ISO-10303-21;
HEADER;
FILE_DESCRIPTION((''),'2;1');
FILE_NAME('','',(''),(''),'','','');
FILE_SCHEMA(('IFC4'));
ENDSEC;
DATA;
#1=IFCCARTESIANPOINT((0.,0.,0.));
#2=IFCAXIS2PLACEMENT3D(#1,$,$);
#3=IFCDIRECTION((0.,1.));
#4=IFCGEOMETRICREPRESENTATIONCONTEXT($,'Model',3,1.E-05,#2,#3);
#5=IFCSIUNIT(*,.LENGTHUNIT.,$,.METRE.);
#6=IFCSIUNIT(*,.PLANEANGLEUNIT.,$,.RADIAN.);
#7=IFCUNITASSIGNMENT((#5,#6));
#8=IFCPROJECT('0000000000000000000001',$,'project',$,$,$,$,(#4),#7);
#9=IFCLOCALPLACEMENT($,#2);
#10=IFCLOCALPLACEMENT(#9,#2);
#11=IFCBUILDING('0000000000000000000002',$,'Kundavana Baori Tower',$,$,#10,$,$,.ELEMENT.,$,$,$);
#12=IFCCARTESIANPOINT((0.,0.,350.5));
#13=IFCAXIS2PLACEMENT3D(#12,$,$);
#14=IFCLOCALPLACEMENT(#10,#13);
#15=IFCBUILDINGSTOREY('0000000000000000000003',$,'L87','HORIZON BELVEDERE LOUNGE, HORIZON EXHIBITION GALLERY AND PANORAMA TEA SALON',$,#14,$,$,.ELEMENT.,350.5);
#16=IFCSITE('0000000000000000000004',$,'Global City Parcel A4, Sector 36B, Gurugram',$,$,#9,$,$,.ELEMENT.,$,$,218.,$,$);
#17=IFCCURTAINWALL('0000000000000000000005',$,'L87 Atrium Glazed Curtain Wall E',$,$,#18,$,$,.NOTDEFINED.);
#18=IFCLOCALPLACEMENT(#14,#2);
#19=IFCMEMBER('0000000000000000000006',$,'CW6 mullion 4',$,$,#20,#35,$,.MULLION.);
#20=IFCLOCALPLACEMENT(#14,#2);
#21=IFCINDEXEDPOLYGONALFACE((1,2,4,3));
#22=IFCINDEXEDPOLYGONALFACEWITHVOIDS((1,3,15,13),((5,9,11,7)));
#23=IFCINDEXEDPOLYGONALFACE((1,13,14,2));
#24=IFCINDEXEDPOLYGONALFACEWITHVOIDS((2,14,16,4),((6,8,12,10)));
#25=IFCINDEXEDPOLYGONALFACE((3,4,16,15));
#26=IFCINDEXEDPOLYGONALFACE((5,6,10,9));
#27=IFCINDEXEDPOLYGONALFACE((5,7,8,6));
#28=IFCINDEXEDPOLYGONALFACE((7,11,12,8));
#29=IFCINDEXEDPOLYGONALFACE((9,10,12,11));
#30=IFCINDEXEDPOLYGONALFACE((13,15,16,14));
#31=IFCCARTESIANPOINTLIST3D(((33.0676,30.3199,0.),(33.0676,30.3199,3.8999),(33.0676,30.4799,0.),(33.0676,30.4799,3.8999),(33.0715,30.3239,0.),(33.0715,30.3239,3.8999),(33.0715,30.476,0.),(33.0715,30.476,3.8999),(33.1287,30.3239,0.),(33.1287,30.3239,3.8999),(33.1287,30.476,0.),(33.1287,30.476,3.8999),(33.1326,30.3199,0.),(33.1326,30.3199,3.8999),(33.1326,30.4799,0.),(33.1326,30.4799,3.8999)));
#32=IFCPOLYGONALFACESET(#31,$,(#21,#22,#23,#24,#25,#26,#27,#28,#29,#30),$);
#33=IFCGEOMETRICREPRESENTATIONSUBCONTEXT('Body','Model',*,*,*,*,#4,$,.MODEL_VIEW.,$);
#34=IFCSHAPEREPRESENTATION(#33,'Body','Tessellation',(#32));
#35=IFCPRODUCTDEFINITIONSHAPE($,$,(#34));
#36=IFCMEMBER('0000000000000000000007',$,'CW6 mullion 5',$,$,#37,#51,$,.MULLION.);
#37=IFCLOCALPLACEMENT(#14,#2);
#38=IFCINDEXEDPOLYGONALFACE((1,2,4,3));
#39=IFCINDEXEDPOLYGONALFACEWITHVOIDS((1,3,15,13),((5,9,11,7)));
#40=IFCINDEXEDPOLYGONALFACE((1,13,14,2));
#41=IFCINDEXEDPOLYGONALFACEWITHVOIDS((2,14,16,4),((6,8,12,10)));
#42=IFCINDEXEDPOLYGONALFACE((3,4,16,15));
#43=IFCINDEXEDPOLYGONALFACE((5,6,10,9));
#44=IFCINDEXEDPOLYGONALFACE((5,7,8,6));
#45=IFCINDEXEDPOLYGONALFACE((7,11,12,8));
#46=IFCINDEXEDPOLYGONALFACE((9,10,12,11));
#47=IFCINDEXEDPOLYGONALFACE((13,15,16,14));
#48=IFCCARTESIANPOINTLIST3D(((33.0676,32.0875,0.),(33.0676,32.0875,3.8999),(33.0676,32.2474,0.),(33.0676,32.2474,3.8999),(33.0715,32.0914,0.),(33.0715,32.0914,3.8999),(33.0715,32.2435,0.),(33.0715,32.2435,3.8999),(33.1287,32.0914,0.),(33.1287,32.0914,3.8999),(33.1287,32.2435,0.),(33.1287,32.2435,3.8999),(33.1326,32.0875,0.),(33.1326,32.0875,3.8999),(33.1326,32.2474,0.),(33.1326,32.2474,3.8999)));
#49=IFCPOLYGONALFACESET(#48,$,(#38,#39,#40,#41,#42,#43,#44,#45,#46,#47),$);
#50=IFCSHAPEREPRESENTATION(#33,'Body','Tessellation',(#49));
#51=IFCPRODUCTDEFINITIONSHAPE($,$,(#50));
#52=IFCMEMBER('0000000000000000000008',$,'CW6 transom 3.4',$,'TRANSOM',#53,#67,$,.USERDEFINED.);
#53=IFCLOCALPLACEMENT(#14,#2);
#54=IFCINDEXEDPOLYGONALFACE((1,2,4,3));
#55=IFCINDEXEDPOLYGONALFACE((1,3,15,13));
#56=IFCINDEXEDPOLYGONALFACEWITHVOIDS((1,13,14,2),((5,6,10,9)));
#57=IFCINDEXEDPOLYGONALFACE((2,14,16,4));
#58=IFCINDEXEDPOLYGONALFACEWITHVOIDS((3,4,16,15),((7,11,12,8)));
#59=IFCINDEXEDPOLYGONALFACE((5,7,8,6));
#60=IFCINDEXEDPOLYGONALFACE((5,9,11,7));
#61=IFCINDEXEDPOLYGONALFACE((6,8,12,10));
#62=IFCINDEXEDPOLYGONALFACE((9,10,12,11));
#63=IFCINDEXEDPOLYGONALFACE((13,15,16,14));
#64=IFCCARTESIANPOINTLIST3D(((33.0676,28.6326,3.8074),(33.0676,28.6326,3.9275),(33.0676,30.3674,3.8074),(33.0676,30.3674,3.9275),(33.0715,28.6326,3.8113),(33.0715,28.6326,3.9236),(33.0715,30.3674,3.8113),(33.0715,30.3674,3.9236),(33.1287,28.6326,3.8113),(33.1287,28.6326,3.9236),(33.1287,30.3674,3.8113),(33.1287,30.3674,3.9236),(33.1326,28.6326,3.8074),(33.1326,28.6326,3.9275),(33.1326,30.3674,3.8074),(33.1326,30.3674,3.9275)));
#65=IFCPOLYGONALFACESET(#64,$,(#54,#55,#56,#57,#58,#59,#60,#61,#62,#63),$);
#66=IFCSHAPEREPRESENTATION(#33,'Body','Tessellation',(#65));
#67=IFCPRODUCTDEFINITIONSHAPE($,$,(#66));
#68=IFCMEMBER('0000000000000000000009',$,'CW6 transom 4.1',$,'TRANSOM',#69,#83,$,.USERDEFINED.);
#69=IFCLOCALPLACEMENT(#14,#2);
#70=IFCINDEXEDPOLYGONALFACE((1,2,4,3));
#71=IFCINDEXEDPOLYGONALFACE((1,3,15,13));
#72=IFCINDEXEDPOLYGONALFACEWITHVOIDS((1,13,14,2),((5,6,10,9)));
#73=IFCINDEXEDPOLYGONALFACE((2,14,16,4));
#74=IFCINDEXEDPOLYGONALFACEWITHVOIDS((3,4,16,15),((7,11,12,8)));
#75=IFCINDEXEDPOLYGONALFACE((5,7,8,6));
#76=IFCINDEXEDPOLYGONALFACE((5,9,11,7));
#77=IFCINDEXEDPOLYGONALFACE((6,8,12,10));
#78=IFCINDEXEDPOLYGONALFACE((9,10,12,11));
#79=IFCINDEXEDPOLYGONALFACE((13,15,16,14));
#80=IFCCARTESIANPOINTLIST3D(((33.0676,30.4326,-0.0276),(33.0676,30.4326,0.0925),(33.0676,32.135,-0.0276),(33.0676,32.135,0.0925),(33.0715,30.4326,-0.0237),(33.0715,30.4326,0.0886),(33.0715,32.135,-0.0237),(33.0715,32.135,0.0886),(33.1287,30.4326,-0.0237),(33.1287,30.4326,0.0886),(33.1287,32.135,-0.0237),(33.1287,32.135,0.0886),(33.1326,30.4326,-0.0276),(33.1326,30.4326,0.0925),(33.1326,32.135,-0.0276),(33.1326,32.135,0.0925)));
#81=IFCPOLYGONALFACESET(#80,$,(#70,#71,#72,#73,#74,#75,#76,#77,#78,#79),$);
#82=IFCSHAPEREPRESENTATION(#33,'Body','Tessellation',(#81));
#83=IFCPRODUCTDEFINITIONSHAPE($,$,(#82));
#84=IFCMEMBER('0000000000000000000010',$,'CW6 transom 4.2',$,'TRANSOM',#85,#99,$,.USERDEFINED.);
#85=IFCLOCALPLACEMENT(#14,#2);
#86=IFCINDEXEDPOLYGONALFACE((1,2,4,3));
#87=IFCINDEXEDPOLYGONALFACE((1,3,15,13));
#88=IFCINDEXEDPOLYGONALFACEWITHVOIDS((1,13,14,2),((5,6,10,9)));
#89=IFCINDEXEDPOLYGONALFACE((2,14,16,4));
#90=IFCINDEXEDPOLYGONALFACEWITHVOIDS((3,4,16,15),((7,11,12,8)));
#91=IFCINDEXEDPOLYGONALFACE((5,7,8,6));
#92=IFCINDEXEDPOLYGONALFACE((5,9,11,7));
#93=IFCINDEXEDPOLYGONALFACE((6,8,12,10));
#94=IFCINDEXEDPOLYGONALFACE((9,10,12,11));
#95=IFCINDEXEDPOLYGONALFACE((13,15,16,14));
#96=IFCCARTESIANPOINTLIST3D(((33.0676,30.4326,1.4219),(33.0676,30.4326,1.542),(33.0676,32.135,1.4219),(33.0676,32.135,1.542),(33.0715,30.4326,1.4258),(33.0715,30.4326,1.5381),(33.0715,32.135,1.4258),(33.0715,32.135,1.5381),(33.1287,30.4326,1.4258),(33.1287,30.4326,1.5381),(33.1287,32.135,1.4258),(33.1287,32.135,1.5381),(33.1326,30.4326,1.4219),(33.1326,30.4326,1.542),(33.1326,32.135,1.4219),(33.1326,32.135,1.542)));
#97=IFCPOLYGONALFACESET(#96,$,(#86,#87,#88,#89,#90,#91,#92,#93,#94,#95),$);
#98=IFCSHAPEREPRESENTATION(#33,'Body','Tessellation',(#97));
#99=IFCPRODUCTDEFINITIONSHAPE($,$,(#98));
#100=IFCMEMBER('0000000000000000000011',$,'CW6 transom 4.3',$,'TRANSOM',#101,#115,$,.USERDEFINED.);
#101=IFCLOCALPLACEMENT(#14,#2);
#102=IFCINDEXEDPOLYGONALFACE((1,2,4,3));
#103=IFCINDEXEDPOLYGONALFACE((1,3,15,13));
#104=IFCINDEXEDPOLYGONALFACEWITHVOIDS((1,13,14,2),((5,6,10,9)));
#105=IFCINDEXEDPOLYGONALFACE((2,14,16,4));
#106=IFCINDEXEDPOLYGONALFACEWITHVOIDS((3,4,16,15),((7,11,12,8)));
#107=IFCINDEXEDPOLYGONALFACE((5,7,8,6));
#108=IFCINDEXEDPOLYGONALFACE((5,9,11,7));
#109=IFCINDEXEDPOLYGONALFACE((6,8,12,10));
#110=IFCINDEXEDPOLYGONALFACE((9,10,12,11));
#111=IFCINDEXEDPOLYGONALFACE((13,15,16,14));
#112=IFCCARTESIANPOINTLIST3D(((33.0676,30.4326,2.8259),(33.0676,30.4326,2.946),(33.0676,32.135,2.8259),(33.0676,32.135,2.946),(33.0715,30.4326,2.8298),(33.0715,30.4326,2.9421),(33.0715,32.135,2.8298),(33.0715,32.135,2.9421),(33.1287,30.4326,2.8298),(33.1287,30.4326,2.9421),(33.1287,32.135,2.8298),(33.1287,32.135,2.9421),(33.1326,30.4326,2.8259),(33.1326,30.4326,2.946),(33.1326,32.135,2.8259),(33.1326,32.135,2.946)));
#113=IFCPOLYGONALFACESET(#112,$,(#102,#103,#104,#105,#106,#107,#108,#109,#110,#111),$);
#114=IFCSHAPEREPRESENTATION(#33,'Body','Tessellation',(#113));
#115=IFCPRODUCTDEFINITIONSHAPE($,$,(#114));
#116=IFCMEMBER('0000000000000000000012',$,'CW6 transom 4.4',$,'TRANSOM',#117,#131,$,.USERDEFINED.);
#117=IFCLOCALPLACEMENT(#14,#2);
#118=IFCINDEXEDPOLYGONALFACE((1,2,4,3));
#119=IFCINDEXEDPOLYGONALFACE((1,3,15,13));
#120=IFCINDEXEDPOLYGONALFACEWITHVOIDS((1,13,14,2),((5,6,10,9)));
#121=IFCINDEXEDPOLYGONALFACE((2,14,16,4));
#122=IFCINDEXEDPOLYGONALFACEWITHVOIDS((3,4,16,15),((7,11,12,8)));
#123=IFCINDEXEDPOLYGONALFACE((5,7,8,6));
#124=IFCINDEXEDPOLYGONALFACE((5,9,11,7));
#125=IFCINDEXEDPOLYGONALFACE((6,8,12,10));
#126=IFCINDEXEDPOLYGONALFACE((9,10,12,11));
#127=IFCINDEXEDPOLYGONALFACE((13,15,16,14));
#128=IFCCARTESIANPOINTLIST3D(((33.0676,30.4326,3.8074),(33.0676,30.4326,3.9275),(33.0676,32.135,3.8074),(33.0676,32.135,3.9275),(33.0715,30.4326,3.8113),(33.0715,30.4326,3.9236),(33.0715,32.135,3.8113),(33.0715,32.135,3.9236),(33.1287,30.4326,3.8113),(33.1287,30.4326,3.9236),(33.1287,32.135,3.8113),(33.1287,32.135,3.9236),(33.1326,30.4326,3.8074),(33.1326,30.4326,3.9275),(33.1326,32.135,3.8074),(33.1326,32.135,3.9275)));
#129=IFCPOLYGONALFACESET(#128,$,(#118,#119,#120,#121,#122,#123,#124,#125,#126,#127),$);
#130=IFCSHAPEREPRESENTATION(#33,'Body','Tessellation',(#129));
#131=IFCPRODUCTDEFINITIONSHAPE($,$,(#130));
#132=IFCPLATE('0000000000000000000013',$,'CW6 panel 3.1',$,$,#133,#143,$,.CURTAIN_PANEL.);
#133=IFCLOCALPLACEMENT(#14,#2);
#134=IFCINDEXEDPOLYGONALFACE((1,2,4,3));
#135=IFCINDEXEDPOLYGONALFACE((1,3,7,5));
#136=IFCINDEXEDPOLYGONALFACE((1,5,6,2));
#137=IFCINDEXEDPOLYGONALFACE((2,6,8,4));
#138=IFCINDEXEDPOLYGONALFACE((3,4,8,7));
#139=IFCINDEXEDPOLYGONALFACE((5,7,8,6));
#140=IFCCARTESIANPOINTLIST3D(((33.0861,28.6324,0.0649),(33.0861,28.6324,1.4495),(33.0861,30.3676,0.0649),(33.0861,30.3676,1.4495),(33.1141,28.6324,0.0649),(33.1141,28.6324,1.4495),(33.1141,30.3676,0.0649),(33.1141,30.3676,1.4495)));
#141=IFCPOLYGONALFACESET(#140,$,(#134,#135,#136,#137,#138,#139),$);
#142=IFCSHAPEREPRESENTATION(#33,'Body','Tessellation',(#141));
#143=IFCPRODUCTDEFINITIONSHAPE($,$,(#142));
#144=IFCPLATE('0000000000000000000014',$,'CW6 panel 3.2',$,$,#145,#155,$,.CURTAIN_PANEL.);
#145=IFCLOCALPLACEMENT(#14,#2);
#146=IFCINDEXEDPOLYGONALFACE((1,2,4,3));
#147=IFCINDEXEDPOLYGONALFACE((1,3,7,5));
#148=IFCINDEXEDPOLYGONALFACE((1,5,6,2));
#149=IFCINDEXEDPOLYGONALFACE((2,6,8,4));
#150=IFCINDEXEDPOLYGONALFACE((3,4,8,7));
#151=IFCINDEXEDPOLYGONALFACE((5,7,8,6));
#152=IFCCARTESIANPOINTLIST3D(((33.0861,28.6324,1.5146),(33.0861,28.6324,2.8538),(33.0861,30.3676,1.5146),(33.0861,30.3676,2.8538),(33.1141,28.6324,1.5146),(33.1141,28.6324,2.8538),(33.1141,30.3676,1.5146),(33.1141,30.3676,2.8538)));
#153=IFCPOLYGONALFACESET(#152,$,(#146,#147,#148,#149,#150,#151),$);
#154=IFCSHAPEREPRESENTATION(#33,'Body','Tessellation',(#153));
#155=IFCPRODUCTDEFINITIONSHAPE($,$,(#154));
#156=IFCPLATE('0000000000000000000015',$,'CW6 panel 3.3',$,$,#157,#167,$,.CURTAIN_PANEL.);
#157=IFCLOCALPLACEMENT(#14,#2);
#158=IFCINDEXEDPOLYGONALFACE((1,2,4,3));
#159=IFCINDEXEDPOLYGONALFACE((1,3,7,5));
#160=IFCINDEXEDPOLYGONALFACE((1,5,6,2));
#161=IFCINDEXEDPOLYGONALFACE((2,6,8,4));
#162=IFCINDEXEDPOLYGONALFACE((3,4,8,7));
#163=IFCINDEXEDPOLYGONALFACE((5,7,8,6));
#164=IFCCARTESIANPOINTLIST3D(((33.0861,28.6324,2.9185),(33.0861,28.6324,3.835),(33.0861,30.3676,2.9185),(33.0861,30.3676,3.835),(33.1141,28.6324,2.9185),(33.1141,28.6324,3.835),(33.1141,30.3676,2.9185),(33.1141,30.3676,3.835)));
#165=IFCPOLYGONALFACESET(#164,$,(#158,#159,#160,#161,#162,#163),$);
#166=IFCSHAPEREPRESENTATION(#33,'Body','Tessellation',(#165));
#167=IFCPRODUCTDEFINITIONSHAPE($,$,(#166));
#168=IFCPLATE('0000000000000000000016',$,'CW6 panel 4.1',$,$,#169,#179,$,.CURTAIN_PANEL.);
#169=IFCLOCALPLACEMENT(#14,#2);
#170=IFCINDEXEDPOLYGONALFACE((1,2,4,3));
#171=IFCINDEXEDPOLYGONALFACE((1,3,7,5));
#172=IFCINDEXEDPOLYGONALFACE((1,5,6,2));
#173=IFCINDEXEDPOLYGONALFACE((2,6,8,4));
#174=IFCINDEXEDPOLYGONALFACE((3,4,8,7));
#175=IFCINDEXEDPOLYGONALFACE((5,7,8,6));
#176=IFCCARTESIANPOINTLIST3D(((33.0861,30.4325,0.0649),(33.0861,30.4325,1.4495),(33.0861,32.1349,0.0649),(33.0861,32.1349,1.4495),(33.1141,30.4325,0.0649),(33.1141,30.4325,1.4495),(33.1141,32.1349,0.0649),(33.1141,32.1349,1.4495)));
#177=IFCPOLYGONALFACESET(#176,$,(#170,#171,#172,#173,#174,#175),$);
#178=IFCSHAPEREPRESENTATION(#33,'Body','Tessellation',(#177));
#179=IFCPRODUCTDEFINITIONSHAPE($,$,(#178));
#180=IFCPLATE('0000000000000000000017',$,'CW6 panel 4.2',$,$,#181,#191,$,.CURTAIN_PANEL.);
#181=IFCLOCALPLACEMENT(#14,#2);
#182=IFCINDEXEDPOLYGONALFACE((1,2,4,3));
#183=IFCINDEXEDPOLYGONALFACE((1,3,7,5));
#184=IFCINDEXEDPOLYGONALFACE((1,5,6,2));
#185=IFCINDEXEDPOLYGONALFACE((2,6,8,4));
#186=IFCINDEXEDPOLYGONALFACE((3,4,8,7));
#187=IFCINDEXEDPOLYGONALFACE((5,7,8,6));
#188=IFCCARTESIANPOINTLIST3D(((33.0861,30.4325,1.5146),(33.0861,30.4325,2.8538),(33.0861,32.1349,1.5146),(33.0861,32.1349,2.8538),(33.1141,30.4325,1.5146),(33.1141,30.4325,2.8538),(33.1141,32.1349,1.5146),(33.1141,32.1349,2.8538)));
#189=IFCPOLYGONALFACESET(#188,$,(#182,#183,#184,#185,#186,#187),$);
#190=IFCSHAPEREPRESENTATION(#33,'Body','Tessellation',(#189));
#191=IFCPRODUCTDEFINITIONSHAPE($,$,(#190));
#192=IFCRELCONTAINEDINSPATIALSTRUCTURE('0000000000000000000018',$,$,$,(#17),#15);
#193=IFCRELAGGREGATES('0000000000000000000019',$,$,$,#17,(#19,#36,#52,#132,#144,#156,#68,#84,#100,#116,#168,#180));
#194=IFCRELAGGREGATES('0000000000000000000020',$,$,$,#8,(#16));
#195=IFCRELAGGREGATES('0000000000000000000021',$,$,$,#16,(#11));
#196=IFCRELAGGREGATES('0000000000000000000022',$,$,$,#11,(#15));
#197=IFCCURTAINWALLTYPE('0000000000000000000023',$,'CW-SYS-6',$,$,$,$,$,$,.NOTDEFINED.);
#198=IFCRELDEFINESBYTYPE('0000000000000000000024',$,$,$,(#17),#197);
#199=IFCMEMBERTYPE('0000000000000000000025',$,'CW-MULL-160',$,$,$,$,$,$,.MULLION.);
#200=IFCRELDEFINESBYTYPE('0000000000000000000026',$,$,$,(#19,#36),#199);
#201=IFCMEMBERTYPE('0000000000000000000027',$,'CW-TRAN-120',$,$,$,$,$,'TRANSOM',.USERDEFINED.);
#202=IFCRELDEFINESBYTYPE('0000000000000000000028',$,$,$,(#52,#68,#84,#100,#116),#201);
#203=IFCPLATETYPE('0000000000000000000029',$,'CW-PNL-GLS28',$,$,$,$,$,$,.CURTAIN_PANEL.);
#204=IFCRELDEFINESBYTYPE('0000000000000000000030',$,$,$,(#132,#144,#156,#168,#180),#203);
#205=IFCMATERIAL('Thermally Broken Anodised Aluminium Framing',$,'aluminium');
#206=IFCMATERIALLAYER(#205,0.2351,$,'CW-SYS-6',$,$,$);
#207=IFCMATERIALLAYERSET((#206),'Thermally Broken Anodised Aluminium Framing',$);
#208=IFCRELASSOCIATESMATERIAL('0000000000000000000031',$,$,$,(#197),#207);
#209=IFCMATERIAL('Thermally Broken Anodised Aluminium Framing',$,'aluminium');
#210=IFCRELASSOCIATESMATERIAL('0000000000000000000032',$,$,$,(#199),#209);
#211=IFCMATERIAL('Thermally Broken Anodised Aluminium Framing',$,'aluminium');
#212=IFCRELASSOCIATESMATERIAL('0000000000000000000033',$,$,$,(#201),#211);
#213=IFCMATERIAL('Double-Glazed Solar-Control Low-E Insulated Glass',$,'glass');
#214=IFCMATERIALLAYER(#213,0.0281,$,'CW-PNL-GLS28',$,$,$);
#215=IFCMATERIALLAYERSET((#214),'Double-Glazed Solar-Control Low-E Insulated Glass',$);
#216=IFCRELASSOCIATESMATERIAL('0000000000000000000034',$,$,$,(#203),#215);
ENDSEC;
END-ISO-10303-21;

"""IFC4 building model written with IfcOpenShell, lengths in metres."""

from ifc_helpers import new_model, si_unit, direction, frame, origin, origin_2d, place, context, subcontext, project, spatial, rectangle, hollow_rectangle, extrude, material, layer, layer_set, material_profile, profile_set, type_object, element, aggregate, save


model = new_model("IFC4")

# Units and contexts
model_context = context("Model", 3, precision=1e-05, world=origin(), true_north=direction((0.0, 1.0)))
body_context = subcontext(model_context, "Body", "Model", "MODEL_VIEW")
ifc_project = project(units=[si_unit("LENGTHUNIT", "METRE"), si_unit("PLANEANGLEUNIT", "RADIAN")], contexts=[model_context])

# Site, building, storey
site_placement = place(None, origin())
site = spatial("IfcSite", under=ifc_project, at=site_placement, Name="Global City Parcel A4, Sector 36B, Gurugram", CompositionType="ELEMENT", RefElevation=218.0)
building_placement = place(site_placement, origin())
building = spatial("IfcBuilding", under=site, at=building_placement, Name="Kundavana Baori Tower", CompositionType="ELEMENT")
storey_placement = place(building_placement, frame((0.0, 0.0, 350.5)))
storey = spatial("IfcBuildingStorey", under=building, at=storey_placement, Name="L87", Description="HORIZON BELVEDERE LOUNGE, HORIZON EXHIBITION GALLERY AND PANORAMA TEA SALON", CompositionType="ELEMENT", Elevation=350.5)

# Curtain wall, members, plates
ifc_material_1 = material(Name="Thermally Broken Anodised Aluminium Framing", Category="aluminium")
ifc_layer_1 = layer(ifc_material_1, 0.2351, Name="CW-SYS-6")
ifc_layer_set_1 = layer_set([ifc_layer_1], Name="Thermally Broken Anodised Aluminium Framing")
curtain_wall_type = type_object("IfcCurtainWallType", Name="CW-SYS-6", PredefinedType="NOTDEFINED", material=ifc_layer_set_1)
curtain_wall_placement = place(storey_placement, origin())
curtain_wall = element("IfcCurtainWall", 1, at=curtain_wall_placement, inside=storey, type_object=curtain_wall_type, Name="L87 Atrium Glazed Curtain Wall E", PredefinedType="NOTDEFINED")
ifc_material_2 = material(Name="Thermally Broken Anodised Aluminium Framing", Category="aluminium")
ifc_material_profile_1 = material_profile(ifc_material_2, hollow_rectangle(XDim=0.0649, YDim=0.1599, WallThickness=0.0039, at=origin_2d()), Name="CW-MULL-160")
ifc_profile_set_1 = profile_set([ifc_material_profile_1], Name="Thermally Broken Anodised Aluminium Framing")
member_type_1 = type_object("IfcMemberType", Name="CW-MULL-160", PredefinedType="MULLION", material=ifc_profile_set_1)
member_1_placement = place(storey_placement, frame((33.1001, 30.3999, 0.0), z_axis=(0.0, 0.0, 1.0), x_axis=(-1.0, 0.0, 0.0)))
member_1 = element("IfcMember", 2, at=member_1_placement, type_object=member_type_1, Name="CW6 mullion 4", PredefinedType="MULLION", context=body_context, shape_type="SweptSolid", body=[
    extrude(hollow_rectangle(XDim=0.0649, YDim=0.1599, WallThickness=0.0039, at=origin_2d()), origin(), (0.0, 0.0, 1.0), 3.8999),
])
member_2_placement = place(storey_placement, frame((33.1001, 32.1675, 0.0), z_axis=(0.0, 0.0, 1.0), x_axis=(-1.0, 0.0, 0.0)))
member_2 = element("IfcMember", 3, at=member_2_placement, type_object=member_type_1, Name="CW6 mullion 5", PredefinedType="MULLION", context=body_context, shape_type="SweptSolid", body=[
    extrude(hollow_rectangle(XDim=0.0649, YDim=0.1599, WallThickness=0.0039, at=origin_2d()), origin(), (0.0, 0.0, 1.0), 3.8999),
])
ifc_material_3 = material(Name="Thermally Broken Anodised Aluminium Framing", Category="aluminium")
ifc_material_profile_2 = material_profile(ifc_material_3, hollow_rectangle(XDim=0.0649, YDim=0.1201, WallThickness=0.0039, at=origin_2d()), Name="CW-TRAN-120")
ifc_profile_set_2 = profile_set([ifc_material_profile_2], Name="Thermally Broken Anodised Aluminium Framing")
member_type_2 = type_object("IfcMemberType", Name="CW-TRAN-120", ElementType="TRANSOM", PredefinedType="USERDEFINED", material=ifc_profile_set_2)
member_3_placement = place(storey_placement, frame((33.1001, 28.6326, 3.8674), z_axis=(0.0, 1.0, 0.0), x_axis=(-1.0, 0.0, 0.0)))
member_3 = element("IfcMember", 4, at=member_3_placement, type_object=member_type_2, Name="CW6 transom 3.4", ObjectType="TRANSOM", PredefinedType="USERDEFINED", context=body_context, shape_type="SweptSolid", body=[
    extrude(hollow_rectangle(XDim=0.0649, YDim=0.1201, WallThickness=0.0039, at=origin_2d()), origin(), (0.0, 0.0, 1.0), 1.7349),
])
member_4_placement = place(storey_placement, frame((33.1001, 30.4326, 0.0325), z_axis=(0.0, 1.0, 0.0), x_axis=(-1.0, 0.0, 0.0)))
member_4 = element("IfcMember", 5, at=member_4_placement, type_object=member_type_2, Name="CW6 transom 4.1", ObjectType="TRANSOM", PredefinedType="USERDEFINED", context=body_context, shape_type="SweptSolid", body=[
    extrude(hollow_rectangle(XDim=0.0649, YDim=0.1201, WallThickness=0.0039, at=origin_2d()), origin(), (0.0, 0.0, 1.0), 1.7024),
])
member_5_placement = place(storey_placement, frame((33.1001, 30.4326, 1.4819), z_axis=(0.0, 1.0, 0.0), x_axis=(-1.0, 0.0, 0.0)))
member_5 = element("IfcMember", 6, at=member_5_placement, type_object=member_type_2, Name="CW6 transom 4.2", ObjectType="TRANSOM", PredefinedType="USERDEFINED", context=body_context, shape_type="SweptSolid", body=[
    extrude(hollow_rectangle(XDim=0.0649, YDim=0.1201, WallThickness=0.0039, at=origin_2d()), origin(), (0.0, 0.0, 1.0), 1.7024),
])
member_6_placement = place(storey_placement, frame((33.1001, 30.4326, 2.886), z_axis=(0.0, 1.0, 0.0), x_axis=(-1.0, 0.0, 0.0)))
member_6 = element("IfcMember", 7, at=member_6_placement, type_object=member_type_2, Name="CW6 transom 4.3", ObjectType="TRANSOM", PredefinedType="USERDEFINED", context=body_context, shape_type="SweptSolid", body=[
    extrude(hollow_rectangle(XDim=0.0649, YDim=0.1201, WallThickness=0.0039, at=origin_2d()), origin(), (0.0, 0.0, 1.0), 1.7024),
])
member_7_placement = place(storey_placement, frame((33.1001, 30.4326, 3.8674), z_axis=(0.0, 1.0, 0.0), x_axis=(-1.0, 0.0, 0.0)))
member_7 = element("IfcMember", 8, at=member_7_placement, type_object=member_type_2, Name="CW6 transom 4.4", ObjectType="TRANSOM", PredefinedType="USERDEFINED", context=body_context, shape_type="SweptSolid", body=[
    extrude(hollow_rectangle(XDim=0.0649, YDim=0.1201, WallThickness=0.0039, at=origin_2d()), origin(), (0.0, 0.0, 1.0), 1.7024),
])
ifc_material_4 = material(Name="Double-Glazed Solar-Control Low-E Insulated Glass", Category="glass")
ifc_layer_2 = layer(ifc_material_4, 0.0281, Name="CW-PNL-GLS28")
ifc_layer_set_2 = layer_set([ifc_layer_2], Name="Double-Glazed Solar-Control Low-E Insulated Glass")
plate_type = type_object("IfcPlateType", Name="CW-PNL-GLS28", PredefinedType="CURTAIN_PANEL", material=ifc_layer_set_2)
plate_1_placement = place(storey_placement, frame((33.1001, 29.5, 0.0649), z_axis=(0.0, 0.0, 1.0), x_axis=(0.0, 1.0, 0.0)))
plate_1 = element("IfcPlate", 9, at=plate_1_placement, type_object=plate_type, Name="CW6 panel 3.1", PredefinedType="CURTAIN_PANEL", context=body_context, shape_type="SweptSolid", body=[
    extrude(rectangle(XDim=1.7351, YDim=0.0281, at=origin_2d()), origin(), (0.0, 0.0, 1.0), 1.3845),
])
plate_2_placement = place(storey_placement, frame((33.1001, 29.5, 1.5146), z_axis=(0.0, 0.0, 1.0), x_axis=(0.0, 1.0, 0.0)))
plate_2 = element("IfcPlate", 10, at=plate_2_placement, type_object=plate_type, Name="CW6 panel 3.2", PredefinedType="CURTAIN_PANEL", context=body_context, shape_type="SweptSolid", body=[
    extrude(rectangle(XDim=1.7351, YDim=0.0281, at=origin_2d()), origin(), (0.0, 0.0, 1.0), 1.3391),
])
plate_3_placement = place(storey_placement, frame((33.1001, 29.5, 2.9185), z_axis=(0.0, 0.0, 1.0), x_axis=(0.0, 1.0, 0.0)))
plate_3 = element("IfcPlate", 11, at=plate_3_placement, type_object=plate_type, Name="CW6 panel 3.3", PredefinedType="CURTAIN_PANEL", context=body_context, shape_type="SweptSolid", body=[
    extrude(rectangle(XDim=1.7351, YDim=0.0281, at=origin_2d()), origin(), (0.0, 0.0, 1.0), 0.9165),
])
plate_4_placement = place(storey_placement, frame((33.1001, 31.2837, 0.0649), z_axis=(0.0, 0.0, 1.0), x_axis=(0.0, 1.0, 0.0)))
plate_4 = element("IfcPlate", 12, at=plate_4_placement, type_object=plate_type, Name="CW6 panel 4.1", PredefinedType="CURTAIN_PANEL", context=body_context, shape_type="SweptSolid", body=[
    extrude(rectangle(XDim=1.7024, YDim=0.0281, at=origin_2d()), origin(), (0.0, 0.0, 1.0), 1.3845),
])
plate_5_placement = place(storey_placement, frame((33.1001, 31.2837, 1.5146), z_axis=(0.0, 0.0, 1.0), x_axis=(0.0, 1.0, 0.0)))
plate_5 = element("IfcPlate", 13, at=plate_5_placement, type_object=plate_type, Name="CW6 panel 4.2", PredefinedType="CURTAIN_PANEL", context=body_context, shape_type="SweptSolid", body=[
    extrude(rectangle(XDim=1.7024, YDim=0.0281, at=origin_2d()), origin(), (0.0, 0.0, 1.0), 1.3391),
])
aggregate(curtain_wall, [member_1, member_2, member_3, plate_1, plate_2, plate_3, member_4, member_5, member_6, member_7, plate_4, plate_5])

save(model, "model.ifc")
